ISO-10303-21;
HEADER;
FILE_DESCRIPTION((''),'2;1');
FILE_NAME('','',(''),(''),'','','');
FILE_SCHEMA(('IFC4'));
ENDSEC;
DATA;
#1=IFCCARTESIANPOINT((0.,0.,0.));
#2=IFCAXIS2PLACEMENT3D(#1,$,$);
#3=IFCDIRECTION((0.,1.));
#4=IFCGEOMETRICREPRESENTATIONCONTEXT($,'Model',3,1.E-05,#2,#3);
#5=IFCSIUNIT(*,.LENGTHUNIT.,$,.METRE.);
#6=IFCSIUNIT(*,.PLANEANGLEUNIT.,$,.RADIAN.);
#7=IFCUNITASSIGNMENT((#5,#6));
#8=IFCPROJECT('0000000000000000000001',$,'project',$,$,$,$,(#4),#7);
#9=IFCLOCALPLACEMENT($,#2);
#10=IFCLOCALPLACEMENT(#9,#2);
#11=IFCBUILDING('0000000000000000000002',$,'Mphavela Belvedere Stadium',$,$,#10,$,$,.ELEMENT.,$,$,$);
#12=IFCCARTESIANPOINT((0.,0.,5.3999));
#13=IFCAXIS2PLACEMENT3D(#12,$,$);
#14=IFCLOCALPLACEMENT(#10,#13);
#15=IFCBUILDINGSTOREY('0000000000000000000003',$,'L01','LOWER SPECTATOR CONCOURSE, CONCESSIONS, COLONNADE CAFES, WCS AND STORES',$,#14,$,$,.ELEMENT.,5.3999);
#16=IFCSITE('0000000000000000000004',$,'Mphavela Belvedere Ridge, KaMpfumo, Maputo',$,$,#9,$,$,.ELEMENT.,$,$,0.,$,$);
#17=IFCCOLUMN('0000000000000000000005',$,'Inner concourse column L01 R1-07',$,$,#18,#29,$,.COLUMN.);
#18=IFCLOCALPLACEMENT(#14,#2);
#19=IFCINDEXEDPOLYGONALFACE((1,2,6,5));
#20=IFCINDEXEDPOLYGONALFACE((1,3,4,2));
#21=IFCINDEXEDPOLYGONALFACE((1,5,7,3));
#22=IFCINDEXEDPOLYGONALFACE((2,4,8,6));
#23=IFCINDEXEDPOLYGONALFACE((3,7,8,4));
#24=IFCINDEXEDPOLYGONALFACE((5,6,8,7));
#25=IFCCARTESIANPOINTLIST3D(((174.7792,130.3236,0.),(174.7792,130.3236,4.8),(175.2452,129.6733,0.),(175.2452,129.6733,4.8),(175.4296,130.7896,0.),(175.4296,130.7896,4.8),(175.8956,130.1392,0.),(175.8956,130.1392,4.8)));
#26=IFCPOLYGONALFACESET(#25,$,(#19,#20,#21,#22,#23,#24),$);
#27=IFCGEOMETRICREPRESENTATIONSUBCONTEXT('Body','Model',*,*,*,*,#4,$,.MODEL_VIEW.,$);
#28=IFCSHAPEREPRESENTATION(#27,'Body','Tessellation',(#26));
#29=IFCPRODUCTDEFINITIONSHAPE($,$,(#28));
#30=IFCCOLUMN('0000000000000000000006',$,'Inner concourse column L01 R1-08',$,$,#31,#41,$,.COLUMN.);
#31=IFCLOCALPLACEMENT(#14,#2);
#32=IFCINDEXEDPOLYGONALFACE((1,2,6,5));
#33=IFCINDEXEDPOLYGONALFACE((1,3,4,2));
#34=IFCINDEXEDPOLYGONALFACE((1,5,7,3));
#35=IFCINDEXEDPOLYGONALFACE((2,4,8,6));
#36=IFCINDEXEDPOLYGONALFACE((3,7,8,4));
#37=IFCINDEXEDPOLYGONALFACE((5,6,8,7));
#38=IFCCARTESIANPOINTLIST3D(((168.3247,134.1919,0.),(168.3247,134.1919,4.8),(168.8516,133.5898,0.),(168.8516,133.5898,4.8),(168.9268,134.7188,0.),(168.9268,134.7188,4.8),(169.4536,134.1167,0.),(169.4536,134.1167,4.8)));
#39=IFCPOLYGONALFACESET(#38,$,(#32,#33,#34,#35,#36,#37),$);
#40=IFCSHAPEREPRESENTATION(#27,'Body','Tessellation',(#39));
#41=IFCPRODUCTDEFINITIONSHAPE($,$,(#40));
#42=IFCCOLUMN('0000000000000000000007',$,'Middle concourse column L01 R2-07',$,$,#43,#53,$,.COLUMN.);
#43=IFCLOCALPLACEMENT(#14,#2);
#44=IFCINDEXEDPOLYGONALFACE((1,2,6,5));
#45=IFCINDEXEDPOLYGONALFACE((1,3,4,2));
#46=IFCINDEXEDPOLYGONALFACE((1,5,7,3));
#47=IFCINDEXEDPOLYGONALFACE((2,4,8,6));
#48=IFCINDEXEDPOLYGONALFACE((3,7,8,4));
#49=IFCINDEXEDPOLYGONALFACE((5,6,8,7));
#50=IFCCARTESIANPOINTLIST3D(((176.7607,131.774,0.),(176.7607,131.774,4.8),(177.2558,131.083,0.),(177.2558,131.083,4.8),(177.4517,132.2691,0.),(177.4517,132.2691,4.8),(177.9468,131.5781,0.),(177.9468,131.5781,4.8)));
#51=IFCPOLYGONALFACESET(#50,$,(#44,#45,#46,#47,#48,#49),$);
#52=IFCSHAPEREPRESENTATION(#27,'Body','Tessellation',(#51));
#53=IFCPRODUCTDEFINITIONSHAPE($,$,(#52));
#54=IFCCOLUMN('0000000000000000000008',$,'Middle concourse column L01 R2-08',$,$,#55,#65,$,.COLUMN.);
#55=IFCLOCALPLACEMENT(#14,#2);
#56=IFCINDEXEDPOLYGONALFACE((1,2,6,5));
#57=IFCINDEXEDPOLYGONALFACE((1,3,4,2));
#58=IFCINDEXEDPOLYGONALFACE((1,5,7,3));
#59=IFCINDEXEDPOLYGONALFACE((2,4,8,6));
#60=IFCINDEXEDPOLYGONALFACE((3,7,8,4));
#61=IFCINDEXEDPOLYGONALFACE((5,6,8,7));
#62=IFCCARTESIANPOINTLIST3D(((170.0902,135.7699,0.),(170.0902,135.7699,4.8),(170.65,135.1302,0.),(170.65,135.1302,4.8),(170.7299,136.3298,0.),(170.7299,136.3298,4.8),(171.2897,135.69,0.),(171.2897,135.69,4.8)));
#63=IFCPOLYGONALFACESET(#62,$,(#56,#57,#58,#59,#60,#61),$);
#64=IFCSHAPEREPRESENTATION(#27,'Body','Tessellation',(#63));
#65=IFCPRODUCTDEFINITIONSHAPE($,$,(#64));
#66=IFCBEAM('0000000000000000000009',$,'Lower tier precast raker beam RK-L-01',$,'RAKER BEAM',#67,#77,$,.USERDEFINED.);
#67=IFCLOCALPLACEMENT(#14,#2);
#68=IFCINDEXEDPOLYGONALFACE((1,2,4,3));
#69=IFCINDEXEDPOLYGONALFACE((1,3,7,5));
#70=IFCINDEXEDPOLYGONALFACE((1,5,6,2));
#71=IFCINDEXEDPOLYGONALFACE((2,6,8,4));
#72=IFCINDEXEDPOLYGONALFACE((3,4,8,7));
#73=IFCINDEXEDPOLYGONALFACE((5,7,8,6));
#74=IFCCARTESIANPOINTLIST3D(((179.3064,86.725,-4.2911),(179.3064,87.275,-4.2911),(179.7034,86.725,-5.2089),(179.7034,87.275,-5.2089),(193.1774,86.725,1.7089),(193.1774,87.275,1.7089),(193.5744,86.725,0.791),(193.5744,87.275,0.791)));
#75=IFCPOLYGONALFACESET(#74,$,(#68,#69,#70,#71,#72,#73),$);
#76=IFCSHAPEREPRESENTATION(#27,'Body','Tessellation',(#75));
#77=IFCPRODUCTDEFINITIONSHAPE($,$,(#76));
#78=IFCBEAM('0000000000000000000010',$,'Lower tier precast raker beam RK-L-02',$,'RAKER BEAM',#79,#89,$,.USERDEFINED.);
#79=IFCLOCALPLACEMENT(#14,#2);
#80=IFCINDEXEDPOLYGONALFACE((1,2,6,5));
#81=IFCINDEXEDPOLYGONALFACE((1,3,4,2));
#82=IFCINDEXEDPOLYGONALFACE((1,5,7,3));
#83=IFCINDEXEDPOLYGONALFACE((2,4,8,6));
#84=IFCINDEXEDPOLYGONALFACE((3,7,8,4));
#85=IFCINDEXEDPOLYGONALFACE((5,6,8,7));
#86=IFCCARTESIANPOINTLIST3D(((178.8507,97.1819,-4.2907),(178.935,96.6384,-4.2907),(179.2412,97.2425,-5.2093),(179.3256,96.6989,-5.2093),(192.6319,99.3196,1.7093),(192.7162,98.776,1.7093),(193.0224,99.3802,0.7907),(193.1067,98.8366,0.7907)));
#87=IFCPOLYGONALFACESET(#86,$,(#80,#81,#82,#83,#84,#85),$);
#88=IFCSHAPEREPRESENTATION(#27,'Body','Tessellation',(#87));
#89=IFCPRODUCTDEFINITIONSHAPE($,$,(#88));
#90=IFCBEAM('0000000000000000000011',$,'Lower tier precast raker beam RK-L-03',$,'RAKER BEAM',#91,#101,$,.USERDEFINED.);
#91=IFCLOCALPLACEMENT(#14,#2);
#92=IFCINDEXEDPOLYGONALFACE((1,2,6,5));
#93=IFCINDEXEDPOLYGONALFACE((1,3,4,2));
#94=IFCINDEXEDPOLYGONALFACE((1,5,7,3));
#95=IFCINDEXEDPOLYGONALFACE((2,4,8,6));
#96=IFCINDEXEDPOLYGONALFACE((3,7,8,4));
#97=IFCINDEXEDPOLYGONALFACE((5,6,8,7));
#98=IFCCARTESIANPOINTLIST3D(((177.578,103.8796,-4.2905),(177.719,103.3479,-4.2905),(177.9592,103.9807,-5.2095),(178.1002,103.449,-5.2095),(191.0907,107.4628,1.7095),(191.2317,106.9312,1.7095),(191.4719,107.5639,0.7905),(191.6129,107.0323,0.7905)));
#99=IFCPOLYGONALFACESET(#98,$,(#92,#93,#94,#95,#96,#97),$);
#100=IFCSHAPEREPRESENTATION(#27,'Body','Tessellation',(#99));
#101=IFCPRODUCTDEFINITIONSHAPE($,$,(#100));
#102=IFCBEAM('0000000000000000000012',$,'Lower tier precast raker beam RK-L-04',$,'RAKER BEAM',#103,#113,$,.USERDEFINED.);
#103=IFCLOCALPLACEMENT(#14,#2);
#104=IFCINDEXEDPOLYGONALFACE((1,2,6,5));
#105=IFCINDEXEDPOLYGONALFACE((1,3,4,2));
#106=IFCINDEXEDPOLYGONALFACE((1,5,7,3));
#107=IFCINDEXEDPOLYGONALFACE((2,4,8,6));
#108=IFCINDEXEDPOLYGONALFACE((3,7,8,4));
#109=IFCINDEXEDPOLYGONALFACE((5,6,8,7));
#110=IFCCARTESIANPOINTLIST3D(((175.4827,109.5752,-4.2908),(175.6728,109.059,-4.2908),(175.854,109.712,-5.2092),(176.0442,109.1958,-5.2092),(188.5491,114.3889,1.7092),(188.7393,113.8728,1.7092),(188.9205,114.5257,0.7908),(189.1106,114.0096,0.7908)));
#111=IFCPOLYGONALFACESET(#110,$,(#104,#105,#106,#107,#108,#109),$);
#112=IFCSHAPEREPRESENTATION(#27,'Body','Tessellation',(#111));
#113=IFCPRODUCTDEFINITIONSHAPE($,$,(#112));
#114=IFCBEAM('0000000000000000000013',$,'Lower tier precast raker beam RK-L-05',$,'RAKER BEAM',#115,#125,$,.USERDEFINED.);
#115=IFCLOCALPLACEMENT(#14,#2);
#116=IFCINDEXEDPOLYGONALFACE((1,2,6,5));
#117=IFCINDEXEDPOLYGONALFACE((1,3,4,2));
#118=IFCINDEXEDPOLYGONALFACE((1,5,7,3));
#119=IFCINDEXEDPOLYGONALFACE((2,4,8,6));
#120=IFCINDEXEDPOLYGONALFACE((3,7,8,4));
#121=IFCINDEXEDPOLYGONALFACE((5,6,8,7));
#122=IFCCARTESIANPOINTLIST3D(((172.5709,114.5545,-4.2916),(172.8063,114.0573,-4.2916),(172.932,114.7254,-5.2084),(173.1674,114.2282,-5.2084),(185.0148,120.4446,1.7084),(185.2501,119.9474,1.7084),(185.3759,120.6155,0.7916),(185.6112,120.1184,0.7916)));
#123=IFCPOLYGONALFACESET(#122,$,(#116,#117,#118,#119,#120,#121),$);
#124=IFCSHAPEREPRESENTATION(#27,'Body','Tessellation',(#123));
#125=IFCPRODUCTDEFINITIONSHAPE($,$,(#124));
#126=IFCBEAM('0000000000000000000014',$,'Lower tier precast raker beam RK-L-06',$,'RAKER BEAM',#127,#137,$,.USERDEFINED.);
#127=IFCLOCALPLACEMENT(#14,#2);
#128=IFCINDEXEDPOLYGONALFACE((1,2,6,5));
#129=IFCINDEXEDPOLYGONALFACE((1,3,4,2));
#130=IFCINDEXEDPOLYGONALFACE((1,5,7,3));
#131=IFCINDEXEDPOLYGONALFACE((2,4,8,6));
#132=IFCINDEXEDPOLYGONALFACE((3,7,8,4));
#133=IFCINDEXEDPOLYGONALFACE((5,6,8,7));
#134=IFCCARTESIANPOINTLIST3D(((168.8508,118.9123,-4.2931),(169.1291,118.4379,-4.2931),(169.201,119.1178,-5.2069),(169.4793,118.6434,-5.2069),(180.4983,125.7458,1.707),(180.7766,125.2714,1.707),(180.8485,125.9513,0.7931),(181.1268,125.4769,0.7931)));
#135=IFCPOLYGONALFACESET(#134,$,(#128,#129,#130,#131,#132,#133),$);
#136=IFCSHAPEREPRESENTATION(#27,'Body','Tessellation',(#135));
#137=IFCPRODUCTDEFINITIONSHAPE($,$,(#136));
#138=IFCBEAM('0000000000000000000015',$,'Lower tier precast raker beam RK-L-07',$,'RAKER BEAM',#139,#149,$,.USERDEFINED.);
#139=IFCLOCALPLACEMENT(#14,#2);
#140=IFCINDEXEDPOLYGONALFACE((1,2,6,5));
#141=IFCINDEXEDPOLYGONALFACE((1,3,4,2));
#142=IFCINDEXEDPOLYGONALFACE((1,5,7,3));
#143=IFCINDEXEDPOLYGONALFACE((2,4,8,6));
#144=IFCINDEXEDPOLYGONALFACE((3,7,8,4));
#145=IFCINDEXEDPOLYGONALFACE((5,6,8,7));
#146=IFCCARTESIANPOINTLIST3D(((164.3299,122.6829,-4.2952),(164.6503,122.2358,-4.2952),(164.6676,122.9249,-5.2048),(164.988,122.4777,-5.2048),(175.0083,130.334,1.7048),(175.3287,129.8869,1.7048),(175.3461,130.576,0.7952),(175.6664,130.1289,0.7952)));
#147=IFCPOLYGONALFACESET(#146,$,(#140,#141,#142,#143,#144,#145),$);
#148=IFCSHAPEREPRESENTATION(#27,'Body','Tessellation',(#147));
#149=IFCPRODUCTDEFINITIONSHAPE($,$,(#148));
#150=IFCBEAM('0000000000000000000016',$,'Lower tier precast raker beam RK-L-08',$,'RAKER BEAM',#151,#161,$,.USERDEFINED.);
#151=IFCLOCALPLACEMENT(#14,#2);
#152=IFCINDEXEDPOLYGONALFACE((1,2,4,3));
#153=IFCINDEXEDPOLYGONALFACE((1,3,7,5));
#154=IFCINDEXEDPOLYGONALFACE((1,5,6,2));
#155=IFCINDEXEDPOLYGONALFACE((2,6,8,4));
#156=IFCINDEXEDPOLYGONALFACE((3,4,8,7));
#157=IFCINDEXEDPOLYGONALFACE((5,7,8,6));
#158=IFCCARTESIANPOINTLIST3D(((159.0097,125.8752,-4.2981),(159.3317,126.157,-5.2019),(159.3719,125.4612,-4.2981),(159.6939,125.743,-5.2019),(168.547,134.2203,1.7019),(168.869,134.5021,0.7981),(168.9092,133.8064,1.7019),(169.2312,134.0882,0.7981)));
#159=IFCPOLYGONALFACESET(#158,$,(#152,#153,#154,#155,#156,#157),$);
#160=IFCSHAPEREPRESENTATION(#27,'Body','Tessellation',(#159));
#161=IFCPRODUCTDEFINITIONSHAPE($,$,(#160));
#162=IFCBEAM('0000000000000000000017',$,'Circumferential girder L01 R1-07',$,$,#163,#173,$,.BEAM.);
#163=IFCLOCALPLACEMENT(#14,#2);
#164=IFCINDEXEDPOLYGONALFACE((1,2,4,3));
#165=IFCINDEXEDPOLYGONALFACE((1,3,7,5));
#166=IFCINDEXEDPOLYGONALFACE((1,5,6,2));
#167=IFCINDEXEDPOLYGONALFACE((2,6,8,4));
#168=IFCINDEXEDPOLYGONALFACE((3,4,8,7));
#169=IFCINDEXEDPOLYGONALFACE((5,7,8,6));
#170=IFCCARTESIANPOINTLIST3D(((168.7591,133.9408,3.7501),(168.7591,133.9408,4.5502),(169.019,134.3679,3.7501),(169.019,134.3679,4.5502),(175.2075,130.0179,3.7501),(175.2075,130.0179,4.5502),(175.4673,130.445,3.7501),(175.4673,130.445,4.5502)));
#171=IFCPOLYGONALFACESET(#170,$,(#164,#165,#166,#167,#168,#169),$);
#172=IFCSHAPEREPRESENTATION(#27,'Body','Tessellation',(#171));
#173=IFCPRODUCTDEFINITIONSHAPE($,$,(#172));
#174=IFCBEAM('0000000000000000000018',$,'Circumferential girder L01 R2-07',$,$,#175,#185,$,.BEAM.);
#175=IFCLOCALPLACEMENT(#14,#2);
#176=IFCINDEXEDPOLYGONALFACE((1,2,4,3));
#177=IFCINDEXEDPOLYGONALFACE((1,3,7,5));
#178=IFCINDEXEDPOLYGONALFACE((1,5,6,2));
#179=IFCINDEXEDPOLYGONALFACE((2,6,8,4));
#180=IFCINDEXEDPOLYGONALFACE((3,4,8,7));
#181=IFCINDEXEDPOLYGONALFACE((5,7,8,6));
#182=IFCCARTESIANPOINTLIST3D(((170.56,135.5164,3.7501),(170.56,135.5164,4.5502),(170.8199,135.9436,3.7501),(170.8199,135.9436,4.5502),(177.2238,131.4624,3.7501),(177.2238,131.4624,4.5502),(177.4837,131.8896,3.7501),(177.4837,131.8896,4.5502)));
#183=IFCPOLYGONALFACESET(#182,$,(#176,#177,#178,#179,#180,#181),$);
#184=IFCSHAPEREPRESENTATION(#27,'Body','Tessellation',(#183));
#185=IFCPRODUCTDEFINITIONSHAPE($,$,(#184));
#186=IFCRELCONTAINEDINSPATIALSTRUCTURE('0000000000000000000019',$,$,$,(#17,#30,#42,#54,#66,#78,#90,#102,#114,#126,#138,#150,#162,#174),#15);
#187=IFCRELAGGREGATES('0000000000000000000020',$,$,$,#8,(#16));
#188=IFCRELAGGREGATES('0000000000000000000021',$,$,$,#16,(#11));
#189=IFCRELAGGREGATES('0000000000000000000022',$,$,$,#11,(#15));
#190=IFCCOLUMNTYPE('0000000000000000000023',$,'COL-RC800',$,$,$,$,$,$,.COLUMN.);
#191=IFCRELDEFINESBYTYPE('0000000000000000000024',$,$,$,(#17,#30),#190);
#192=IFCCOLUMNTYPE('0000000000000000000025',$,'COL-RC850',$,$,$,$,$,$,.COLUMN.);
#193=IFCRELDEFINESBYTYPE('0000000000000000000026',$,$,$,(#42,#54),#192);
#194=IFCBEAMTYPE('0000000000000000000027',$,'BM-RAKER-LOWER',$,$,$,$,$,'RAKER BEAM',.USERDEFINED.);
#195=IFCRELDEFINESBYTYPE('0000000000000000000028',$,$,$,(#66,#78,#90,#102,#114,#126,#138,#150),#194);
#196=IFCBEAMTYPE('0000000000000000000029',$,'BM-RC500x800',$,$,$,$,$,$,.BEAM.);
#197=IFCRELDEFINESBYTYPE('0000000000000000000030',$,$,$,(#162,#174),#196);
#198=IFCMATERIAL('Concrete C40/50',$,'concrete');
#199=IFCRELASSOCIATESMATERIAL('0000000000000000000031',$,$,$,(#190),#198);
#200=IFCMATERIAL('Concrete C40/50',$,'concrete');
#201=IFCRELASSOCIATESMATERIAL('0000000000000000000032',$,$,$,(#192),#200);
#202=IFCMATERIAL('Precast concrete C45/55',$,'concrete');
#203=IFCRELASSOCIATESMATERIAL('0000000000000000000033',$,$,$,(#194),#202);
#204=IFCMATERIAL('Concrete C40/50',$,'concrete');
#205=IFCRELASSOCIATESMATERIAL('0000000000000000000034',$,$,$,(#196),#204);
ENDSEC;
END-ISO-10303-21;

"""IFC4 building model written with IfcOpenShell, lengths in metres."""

from ifc_helpers import new_model, si_unit, direction, frame, origin, origin_2d, place, context, subcontext, project, spatial, rectangle, extrude, material, material_profile, profile_set, type_object, element, save


model = new_model("IFC4")

# Units and contexts
model_context = context("Model", 3, precision=1e-05, world=origin(), true_north=direction((0.0, 1.0)))
body_context = subcontext(model_context, "Body", "Model", "MODEL_VIEW")
ifc_project = project(units=[si_unit("LENGTHUNIT", "METRE"), si_unit("PLANEANGLEUNIT", "RADIAN")], contexts=[model_context])

# Site, building, storey
site_placement = place(None, origin())
site = spatial("IfcSite", under=ifc_project, at=site_placement, Name="Mphavela Belvedere Ridge, KaMpfumo, Maputo", CompositionType="ELEMENT", RefElevation=0.0)
building_placement = place(site_placement, origin())
building = spatial("IfcBuilding", under=site, at=building_placement, Name="Mphavela Belvedere Stadium", CompositionType="ELEMENT")
storey_placement = place(building_placement, frame((0.0, 0.0, 5.3999)))
storey = spatial("IfcBuildingStorey", under=building, at=storey_placement, Name="L01", Description="LOWER SPECTATOR CONCOURSE, CONCESSIONS, COLONNADE CAFES, WCS AND STORES", CompositionType="ELEMENT", Elevation=5.3999)

# Columns
ifc_material_1 = material(Name="Concrete C40/50", Category="concrete")
ifc_material_profile_1 = material_profile(ifc_material_1, rectangle(XDim=0.8, YDim=0.8, at=origin_2d()), Name="RC 800x800")
ifc_profile_set_1 = profile_set([ifc_material_profile_1], Name="Concrete C40/50")
column_type_1 = type_object("IfcColumnType", Name="COL-RC800", PredefinedType="COLUMN", material=ifc_profile_set_1)
for number, where, z_axis, x_axis, name in (
    (1, (175.3374, 130.2314, 0.0), (0.0, 0.0, 1.0), (0.812898, 0.582407, 0.0), "Inner concourse column L01 R1-07"),
    (2, (168.8892, 134.1543, 0.0), (0.0, 0.0, 1.0), (0.75253, 0.658558, 0.0), "Inner concourse column L01 R1-08"),
):
    element("IfcColumn", number, at=place(storey_placement, frame(where, z_axis=z_axis, x_axis=x_axis)), inside=storey, type_object=column_type_1, Name=name, PredefinedType="COLUMN", context=body_context, shape_type="SweptSolid", body=[
        extrude(rectangle(XDim=0.8, YDim=0.8, at=origin_2d()), origin(), (0.0, 0.0, 1.0), 4.8),
    ])
ifc_material_2 = material(Name="Concrete C40/50", Category="concrete")
ifc_material_profile_2 = material_profile(ifc_material_2, rectangle(XDim=0.8501, YDim=0.8501, at=origin_2d()), Name="RC 850x850")
ifc_profile_set_2 = profile_set([ifc_material_profile_2], Name="Concrete C40/50")
column_type_2 = type_object("IfcColumnType", Name="COL-RC850", PredefinedType="COLUMN", material=ifc_profile_set_2)
for number, where, z_axis, x_axis, name in (
    (3, (177.3538, 131.676, 0.0), (0.0, 0.0, 1.0), (0.812898, 0.582407, 0.0), "Middle concourse column L01 R2-07"),
    (4, (170.6899, 135.73, 0.0), (0.0, 0.0, 1.0), (0.75253, 0.658558, 0.0), "Middle concourse column L01 R2-08"),
):
    element("IfcColumn", number, at=place(storey_placement, frame(where, z_axis=z_axis, x_axis=x_axis)), inside=storey, type_object=column_type_2, Name=name, PredefinedType="COLUMN", context=body_context, shape_type="SweptSolid", body=[
        extrude(rectangle(XDim=0.8501, YDim=0.8501, at=origin_2d()), origin(), (0.0, 0.0, 1.0), 4.8),
    ])

# Beams
ifc_material_3 = material(Name="Precast concrete C45/55", Category="concrete")
ifc_material_profile_3 = material_profile(ifc_material_3, rectangle(XDim=0.55, YDim=1.0, at=origin_2d()), Name="PC 550x1000")
ifc_profile_set_3 = profile_set([ifc_material_profile_3], Name="Precast concrete C45/55")
beam_type_1 = type_object("IfcBeamType", Name="BM-RAKER-LOWER", ElementType="RAKER BEAM", PredefinedType="USERDEFINED", material=ifc_profile_set_3)
beam_1_placement = place(storey_placement, frame((179.5049, 87.0, -4.75), z_axis=(0.917816, 0.0, 0.397005), x_axis=(0.0, 1.0, 0.0)))
element("IfcBeam", 5, at=beam_1_placement, inside=storey, type_object=beam_type_1, Name="Lower tier precast raker beam RK-L-01", ObjectType="RAKER BEAM", PredefinedType="USERDEFINED", context=body_context, shape_type="SweptSolid", body=[
    extrude(rectangle(XDim=0.55, YDim=1.0, at=origin_2d()), origin(), (0.0, 0.0, 1.0), 15.113),
])
beam_2_placement = place(storey_placement, frame((179.0881, 96.9404, -4.75), z_axis=(0.907737, 0.140805, 0.395205), x_axis=(-0.153283, 0.988182, 0.0)))
element("IfcBeam", 6, at=beam_2_placement, inside=storey, type_object=beam_type_1, Name="Lower tier precast raker beam RK-L-02", ObjectType="RAKER BEAM", PredefinedType="USERDEFINED", context=body_context, shape_type="SweptSolid", body=[
    extrude(rectangle(XDim=0.55, YDim=1.0, at=origin_2d()), origin(), (0.0, 0.0, 1.0), 15.1819),
])
beam_3_placement = place(storey_placement, frame((177.8391, 103.6643, -4.75), z_axis=(0.888239, 0.23554, 0.394402), x_axis=(-0.256318, 0.966593, 0.0)))
element("IfcBeam", 7, at=beam_3_placement, inside=storey, type_object=beam_type_1, Name="Lower tier precast raker beam RK-L-03", ObjectType="RAKER BEAM", PredefinedType="USERDEFINED", context=body_context, shape_type="SweptSolid", body=[
    extrude(rectangle(XDim=0.55, YDim=1.0, at=origin_2d()), origin(), (0.0, 0.0, 1.0), 15.2129),
])
beam_4_placement = place(storey_placement, frame((175.7634, 109.3855, -4.75), z_axis=(0.861755, 0.317474, 0.395712), x_axis=(-0.345692, 0.938348, 0.0)))
element("IfcBeam", 8, at=beam_4_placement, inside=storey, type_object=beam_type_1, Name="Lower tier precast raker beam RK-L-04", ObjectType="RAKER BEAM", PredefinedType="USERDEFINED", context=body_context, shape_type="SweptSolid", body=[
    extrude(rectangle(XDim=0.55, YDim=1.0, at=origin_2d()), origin(), (0.0, 0.0, 1.0), 15.1626),
])
beam_5_placement = place(storey_placement, frame((172.8691, 114.3914, -4.75), z_axis=(0.828591, 0.392203, 0.399518), x_axis=(-0.42783, 0.903859, 0.0)))
element("IfcBeam", 9, at=beam_5_placement, inside=storey, type_object=beam_type_1, Name="Lower tier precast raker beam RK-L-05", ObjectType="RAKER BEAM", PredefinedType="USERDEFINED", context=body_context, shape_type="SweptSolid", body=[
    extrude(rectangle(XDim=0.55, YDim=1.0, at=origin_2d()), origin(), (0.0, 0.0, 1.0), 15.0181),
])
beam_6_placement = place(storey_placement, frame((169.165, 118.7778, -4.75), z_axis=(0.788215, 0.462441, 0.406036), x_axis=(-0.506032, 0.862515, 0.0)))
element("IfcBeam", 10, at=beam_6_placement, inside=storey, type_object=beam_type_1, Name="Lower tier precast raker beam RK-L-06", ObjectType="RAKER BEAM", PredefinedType="USERDEFINED", context=body_context, shape_type="SweptSolid", body=[
    extrude(rectangle(XDim=0.55, YDim=1.0, at=origin_2d()), origin(), (0.0, 0.0, 1.0), 14.7771),
])
beam_7_placement = place(storey_placement, frame((164.6589, 122.5803, -4.75), z_axis=(0.739407, 0.529785, 0.415457), x_axis=(-0.58243, 0.812881, 0.0)))
element("IfcBeam", 11, at=beam_7_placement, inside=storey, type_object=beam_type_1, Name="Lower tier precast raker beam RK-L-07", ObjectType="RAKER BEAM", PredefinedType="USERDEFINED", context=body_context, shape_type="SweptSolid", body=[
    extrude(rectangle(XDim=0.55, YDim=1.0, at=origin_2d()), origin(), (0.0, 0.0, 1.0), 14.4419),
])
beam_8_placement = place(storey_placement, frame((159.3518, 125.8091, -4.75), z_axis=(0.680193, 0.595171, 0.427913), x_axis=(-0.658506, 0.752576, 0.0)))
element("IfcBeam", 12, at=beam_8_placement, inside=storey, type_object=beam_type_1, Name="Lower tier precast raker beam RK-L-08", ObjectType="RAKER BEAM", PredefinedType="USERDEFINED", context=body_context, shape_type="SweptSolid", body=[
    extrude(rectangle(XDim=0.55, YDim=1.0, at=origin_2d()), origin(), (0.0, 0.0, 1.0), 14.0215),
])
ifc_material_4 = material(Name="Concrete C40/50", Category="concrete")
ifc_material_profile_4 = material_profile(ifc_material_4, rectangle(XDim=0.5, YDim=0.8, at=origin_2d()), Name="RC 500x800")
ifc_profile_set_4 = profile_set([ifc_material_profile_4], Name="Concrete C40/50")
beam_type_2 = type_object("IfcBeamType", Name="BM-RC500x800", PredefinedType="BEAM", material=ifc_profile_set_4)
beam_9_placement = place(storey_placement, frame((175.3374, 130.2314, 4.1501), z_axis=(-0.854326, 0.519738, 0.0), x_axis=(-0.519738, -0.854326, 0.0)))
element("IfcBeam", 13, at=beam_9_placement, inside=storey, type_object=beam_type_2, Name="Circumferential girder L01 R1-07", PredefinedType="BEAM", context=body_context, shape_type="SweptSolid", body=[
    extrude(rectangle(XDim=0.5, YDim=0.8, at=origin_2d()), origin(), (0.0, 0.0, 1.0), 7.5479),
])
beam_10_placement = place(storey_placement, frame((177.3538, 131.676, 4.1501), z_axis=(-0.854328, 0.519733, 0.0), x_axis=(-0.519733, -0.854328, 0.0)))
element("IfcBeam", 14, at=beam_10_placement, inside=storey, type_object=beam_type_2, Name="Circumferential girder L01 R2-07", PredefinedType="BEAM", context=body_context, shape_type="SweptSolid", body=[
    extrude(rectangle(XDim=0.5, YDim=0.8, at=origin_2d()), origin(), (0.0, 0.0, 1.0), 7.8),
])

save(model, "model.ifc")
